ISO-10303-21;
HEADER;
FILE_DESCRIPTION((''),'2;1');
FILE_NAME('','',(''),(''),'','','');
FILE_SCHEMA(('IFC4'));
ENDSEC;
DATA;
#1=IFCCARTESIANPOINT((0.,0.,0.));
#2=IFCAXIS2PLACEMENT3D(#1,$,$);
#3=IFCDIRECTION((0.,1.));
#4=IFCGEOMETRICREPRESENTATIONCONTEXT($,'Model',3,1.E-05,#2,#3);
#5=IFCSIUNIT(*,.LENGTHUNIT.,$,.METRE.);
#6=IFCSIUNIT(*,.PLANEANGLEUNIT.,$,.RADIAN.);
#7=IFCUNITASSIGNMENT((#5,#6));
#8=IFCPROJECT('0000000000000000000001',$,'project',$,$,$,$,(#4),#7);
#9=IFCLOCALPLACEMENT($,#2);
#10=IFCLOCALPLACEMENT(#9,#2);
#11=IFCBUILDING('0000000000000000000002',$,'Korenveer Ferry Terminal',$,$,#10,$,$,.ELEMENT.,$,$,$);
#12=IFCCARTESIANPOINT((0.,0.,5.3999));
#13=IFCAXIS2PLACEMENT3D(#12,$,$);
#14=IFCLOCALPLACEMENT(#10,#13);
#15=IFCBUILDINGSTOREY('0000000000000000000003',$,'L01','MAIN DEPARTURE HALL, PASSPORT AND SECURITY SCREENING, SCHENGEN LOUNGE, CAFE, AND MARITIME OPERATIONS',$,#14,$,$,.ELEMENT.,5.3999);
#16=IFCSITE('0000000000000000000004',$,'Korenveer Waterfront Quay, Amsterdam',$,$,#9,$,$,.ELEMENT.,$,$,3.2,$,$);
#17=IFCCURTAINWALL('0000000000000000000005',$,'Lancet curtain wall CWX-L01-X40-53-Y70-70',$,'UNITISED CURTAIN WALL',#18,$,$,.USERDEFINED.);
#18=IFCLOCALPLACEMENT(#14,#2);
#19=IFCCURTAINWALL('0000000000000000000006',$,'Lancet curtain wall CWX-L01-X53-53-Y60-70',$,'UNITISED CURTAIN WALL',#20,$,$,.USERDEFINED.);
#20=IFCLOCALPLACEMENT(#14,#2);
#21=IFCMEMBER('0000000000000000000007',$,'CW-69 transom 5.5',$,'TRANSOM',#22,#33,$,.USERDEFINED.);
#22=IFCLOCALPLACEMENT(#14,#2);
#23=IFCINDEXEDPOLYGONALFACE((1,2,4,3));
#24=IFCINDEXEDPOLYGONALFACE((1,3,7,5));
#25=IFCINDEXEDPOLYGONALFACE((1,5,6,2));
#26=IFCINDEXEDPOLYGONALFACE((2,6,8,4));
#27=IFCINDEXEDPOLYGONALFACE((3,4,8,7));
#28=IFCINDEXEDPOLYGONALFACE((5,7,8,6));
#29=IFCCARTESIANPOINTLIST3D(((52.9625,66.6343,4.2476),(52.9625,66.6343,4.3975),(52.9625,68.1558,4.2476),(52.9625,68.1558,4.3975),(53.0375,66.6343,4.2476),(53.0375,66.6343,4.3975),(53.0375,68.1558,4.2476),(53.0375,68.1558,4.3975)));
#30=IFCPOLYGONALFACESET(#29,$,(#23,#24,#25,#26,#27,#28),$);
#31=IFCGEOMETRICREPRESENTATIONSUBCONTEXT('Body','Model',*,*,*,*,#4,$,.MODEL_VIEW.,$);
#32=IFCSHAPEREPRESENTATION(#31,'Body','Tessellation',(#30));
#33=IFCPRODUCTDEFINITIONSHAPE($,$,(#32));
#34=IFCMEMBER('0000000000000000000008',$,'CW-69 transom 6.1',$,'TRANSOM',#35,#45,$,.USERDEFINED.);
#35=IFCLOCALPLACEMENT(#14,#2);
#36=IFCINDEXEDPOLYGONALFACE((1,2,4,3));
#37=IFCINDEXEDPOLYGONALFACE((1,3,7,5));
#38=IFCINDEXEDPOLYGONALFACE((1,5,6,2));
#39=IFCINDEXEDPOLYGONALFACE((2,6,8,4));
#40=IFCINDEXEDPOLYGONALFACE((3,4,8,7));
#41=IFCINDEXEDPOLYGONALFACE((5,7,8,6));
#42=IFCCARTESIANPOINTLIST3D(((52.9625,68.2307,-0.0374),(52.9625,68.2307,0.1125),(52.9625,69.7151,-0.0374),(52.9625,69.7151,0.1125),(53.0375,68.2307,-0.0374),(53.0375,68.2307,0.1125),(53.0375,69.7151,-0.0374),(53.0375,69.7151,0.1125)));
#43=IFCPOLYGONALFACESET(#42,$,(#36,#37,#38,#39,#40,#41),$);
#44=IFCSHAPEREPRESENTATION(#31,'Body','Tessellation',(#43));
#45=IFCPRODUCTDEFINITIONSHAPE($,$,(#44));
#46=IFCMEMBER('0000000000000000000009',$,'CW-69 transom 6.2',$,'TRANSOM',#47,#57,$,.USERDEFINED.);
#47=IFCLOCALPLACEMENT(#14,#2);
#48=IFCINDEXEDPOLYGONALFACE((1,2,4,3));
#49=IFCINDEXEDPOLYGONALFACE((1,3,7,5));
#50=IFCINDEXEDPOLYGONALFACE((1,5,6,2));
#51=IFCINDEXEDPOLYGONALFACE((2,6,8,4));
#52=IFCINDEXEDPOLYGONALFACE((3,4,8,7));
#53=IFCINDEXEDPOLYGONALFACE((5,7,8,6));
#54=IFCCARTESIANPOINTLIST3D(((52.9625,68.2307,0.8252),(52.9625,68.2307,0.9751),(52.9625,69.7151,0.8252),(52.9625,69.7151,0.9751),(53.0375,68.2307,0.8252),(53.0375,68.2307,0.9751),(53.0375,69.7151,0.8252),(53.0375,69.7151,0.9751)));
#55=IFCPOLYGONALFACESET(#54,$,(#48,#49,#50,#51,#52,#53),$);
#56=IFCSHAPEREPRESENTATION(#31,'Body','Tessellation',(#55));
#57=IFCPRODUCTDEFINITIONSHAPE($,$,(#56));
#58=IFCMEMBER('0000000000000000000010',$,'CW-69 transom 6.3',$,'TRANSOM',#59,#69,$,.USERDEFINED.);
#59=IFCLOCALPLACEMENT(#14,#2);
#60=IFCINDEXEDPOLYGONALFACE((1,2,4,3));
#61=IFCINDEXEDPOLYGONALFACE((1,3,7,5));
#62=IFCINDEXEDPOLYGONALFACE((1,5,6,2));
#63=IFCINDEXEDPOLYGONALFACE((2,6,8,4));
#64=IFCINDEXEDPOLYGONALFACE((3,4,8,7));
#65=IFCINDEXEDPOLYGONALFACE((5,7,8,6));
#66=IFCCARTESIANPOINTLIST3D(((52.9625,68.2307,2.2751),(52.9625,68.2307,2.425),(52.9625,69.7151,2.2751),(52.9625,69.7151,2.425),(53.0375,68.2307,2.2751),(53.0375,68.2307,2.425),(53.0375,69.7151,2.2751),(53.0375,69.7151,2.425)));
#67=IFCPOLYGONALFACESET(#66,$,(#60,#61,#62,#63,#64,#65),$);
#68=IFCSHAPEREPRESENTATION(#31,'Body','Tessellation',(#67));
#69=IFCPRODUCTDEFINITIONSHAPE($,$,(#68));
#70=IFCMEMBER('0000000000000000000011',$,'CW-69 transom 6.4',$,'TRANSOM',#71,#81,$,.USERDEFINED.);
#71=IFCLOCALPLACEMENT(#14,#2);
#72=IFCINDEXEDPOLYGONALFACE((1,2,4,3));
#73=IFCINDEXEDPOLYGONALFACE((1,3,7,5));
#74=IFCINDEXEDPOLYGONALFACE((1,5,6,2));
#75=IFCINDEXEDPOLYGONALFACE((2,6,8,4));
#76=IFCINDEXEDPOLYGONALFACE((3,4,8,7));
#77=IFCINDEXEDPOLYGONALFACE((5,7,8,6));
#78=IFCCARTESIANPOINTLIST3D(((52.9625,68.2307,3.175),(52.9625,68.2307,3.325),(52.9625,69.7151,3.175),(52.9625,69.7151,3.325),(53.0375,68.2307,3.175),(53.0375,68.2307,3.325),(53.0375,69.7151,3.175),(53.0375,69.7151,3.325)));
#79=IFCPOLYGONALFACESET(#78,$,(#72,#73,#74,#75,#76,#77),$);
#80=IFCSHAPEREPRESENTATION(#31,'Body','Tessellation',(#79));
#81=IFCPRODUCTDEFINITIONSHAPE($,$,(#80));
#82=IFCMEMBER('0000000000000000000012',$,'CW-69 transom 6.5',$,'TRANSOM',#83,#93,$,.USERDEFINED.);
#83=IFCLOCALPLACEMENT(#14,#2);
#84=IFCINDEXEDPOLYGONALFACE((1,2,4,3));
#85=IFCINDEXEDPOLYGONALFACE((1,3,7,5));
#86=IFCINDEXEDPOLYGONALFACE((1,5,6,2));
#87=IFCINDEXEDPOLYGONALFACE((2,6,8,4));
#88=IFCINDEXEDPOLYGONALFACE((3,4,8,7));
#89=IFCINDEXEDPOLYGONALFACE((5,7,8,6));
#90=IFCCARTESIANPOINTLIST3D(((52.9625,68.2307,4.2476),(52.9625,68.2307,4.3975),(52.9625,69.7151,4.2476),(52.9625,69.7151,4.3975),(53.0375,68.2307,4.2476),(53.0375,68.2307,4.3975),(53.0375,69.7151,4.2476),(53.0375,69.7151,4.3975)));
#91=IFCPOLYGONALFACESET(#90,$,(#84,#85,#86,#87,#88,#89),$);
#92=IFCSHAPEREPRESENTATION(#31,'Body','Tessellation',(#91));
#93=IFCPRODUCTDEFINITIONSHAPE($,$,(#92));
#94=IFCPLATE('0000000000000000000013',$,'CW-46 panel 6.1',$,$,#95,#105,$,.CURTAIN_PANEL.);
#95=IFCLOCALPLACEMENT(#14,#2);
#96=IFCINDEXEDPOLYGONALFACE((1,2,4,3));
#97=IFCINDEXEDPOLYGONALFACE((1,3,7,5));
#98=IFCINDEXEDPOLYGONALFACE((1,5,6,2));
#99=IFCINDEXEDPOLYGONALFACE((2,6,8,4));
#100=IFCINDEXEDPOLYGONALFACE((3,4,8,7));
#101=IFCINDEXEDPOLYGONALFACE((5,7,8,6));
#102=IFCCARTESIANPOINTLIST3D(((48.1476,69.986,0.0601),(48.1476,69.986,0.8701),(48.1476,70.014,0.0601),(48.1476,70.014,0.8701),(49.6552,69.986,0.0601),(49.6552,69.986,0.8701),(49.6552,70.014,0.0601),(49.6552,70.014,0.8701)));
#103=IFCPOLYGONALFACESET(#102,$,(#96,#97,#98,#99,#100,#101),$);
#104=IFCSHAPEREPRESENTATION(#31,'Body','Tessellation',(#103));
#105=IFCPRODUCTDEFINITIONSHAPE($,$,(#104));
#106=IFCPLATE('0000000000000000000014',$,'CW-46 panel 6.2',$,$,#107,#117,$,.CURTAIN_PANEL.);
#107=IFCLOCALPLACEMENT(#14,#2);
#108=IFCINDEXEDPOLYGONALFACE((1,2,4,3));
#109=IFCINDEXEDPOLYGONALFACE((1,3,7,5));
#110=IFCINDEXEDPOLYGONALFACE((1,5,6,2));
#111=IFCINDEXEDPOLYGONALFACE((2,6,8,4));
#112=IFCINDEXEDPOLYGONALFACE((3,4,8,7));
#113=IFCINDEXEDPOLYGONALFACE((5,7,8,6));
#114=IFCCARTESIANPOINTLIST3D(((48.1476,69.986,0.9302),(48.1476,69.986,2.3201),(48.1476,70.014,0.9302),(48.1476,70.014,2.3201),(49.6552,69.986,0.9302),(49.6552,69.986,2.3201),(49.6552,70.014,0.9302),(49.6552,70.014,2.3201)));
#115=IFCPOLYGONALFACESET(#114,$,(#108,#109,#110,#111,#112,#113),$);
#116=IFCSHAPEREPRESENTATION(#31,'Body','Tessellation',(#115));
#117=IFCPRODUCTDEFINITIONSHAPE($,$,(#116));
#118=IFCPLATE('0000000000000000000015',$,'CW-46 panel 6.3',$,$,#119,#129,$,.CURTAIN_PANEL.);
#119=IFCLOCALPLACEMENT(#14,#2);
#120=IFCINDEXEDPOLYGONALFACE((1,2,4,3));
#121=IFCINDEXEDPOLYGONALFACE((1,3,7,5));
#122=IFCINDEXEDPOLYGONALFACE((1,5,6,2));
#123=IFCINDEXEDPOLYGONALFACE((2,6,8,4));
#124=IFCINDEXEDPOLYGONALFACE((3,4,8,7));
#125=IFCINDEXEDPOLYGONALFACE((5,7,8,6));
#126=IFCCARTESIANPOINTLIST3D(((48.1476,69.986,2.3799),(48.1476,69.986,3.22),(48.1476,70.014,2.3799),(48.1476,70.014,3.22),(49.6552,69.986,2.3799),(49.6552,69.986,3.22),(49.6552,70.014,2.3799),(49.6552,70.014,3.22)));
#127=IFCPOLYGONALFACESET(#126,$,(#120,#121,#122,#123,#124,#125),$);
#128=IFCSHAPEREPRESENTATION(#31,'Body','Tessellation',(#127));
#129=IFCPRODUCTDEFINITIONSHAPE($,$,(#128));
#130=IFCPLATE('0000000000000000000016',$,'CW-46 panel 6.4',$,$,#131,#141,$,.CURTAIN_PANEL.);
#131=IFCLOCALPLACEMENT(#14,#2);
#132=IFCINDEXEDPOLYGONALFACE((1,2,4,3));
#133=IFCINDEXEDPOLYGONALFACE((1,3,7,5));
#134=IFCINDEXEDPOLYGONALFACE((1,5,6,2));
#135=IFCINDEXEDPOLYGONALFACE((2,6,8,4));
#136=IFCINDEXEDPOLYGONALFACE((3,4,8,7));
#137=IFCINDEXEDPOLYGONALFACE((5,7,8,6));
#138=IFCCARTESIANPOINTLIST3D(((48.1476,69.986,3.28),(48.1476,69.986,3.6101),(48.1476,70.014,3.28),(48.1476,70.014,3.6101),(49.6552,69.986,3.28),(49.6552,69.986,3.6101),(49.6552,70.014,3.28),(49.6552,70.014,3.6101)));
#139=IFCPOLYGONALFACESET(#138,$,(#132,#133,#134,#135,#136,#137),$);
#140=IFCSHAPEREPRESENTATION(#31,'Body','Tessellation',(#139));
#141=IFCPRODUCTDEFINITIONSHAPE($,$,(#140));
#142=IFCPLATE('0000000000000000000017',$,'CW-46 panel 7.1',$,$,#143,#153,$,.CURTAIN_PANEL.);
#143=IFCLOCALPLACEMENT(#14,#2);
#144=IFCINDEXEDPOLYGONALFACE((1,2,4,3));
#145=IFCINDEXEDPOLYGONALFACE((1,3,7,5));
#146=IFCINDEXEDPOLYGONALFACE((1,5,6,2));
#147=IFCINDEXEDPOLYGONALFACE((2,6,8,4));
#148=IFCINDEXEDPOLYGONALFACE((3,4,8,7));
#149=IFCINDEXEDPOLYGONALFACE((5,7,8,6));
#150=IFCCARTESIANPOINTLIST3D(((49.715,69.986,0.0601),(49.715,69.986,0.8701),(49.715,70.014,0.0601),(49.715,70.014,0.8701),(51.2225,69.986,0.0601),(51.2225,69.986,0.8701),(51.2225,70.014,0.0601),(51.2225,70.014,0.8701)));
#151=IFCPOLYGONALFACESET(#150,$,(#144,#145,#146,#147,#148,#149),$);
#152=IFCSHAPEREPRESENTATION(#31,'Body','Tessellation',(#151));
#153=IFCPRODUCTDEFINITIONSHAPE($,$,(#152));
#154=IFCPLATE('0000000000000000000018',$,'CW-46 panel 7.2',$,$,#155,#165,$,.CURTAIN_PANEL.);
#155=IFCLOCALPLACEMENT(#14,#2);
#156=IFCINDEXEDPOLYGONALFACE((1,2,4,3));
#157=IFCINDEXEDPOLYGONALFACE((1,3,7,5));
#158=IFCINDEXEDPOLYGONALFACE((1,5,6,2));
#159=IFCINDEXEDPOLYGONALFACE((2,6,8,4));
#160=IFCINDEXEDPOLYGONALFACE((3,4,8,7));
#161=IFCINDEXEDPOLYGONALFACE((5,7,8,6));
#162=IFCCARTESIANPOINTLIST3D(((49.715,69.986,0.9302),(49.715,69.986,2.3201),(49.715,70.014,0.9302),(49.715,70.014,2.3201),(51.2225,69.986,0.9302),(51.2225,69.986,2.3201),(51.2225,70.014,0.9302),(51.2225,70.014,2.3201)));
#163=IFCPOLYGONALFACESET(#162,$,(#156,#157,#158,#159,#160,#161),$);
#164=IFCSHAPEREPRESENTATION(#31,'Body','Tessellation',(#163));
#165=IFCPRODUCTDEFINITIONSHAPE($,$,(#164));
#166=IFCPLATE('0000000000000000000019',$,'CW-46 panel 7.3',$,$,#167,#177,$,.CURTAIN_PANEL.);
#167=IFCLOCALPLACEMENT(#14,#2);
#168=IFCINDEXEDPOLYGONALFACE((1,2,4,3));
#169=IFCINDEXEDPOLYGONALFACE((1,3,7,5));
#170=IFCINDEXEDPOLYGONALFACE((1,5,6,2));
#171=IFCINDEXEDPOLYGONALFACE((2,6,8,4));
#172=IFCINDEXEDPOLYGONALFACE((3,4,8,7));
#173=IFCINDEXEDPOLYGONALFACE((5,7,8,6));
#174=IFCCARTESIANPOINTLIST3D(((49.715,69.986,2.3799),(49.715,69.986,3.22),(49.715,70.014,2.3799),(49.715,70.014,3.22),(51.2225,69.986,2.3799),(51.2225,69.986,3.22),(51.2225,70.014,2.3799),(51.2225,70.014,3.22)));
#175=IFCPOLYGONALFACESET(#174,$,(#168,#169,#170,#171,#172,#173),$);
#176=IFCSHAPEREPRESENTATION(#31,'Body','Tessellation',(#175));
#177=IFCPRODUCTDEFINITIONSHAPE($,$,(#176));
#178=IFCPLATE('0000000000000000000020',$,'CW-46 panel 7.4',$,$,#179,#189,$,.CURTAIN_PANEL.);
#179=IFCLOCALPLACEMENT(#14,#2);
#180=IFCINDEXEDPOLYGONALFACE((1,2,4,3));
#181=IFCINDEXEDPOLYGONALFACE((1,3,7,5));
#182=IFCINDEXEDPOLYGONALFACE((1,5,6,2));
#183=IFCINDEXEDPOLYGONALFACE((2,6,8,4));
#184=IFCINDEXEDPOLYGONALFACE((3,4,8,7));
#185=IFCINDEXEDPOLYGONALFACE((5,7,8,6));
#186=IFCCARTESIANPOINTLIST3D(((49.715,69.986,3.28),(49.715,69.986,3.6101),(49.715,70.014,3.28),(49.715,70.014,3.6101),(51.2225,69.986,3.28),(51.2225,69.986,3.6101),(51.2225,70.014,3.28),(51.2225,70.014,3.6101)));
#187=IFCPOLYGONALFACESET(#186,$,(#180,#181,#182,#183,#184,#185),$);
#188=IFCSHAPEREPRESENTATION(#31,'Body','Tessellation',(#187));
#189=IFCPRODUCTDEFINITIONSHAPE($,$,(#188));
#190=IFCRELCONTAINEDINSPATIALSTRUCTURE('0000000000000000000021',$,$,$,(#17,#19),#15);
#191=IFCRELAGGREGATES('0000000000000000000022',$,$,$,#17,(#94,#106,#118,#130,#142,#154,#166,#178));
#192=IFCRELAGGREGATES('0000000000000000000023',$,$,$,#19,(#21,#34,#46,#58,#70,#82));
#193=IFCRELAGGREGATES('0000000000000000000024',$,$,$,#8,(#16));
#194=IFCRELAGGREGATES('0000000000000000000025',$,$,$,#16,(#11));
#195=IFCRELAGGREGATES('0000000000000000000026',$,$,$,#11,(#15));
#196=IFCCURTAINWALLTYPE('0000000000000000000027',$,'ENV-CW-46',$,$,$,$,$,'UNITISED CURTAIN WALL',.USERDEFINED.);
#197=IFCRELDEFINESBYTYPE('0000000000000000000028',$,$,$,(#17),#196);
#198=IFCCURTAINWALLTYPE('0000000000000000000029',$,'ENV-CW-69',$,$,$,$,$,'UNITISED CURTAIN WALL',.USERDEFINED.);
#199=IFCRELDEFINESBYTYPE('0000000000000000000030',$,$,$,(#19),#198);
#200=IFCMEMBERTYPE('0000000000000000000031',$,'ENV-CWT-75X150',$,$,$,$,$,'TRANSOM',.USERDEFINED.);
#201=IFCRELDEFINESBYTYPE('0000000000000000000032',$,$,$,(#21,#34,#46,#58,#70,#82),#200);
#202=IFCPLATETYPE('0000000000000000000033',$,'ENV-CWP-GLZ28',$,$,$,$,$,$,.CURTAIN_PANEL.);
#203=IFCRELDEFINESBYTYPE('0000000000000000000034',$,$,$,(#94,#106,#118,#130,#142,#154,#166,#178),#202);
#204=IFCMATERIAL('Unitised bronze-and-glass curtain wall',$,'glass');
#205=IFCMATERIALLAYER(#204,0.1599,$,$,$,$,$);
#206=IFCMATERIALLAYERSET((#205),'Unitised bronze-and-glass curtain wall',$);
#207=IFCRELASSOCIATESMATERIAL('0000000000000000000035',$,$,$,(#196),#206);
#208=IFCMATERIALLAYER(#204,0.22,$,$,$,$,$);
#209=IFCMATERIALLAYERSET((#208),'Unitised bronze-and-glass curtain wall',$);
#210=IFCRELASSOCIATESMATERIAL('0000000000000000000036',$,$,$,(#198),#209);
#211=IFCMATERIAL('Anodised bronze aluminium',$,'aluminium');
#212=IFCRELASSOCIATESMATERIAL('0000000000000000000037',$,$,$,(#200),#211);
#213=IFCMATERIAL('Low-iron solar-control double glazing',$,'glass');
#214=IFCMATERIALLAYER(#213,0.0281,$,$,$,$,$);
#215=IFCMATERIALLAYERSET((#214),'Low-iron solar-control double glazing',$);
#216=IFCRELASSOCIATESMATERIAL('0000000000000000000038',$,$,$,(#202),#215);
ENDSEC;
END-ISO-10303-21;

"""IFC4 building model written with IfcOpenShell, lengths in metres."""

from ifc_helpers import new_model, si_unit, direction, frame, origin, origin_2d, place, context, subcontext, project, spatial, rectangle, extrude, material, layer, layer_set, material_profile, profile_set, type_object, element, aggregate, save


model = new_model("IFC4")

# Units and contexts
model_context = context("Model", 3, precision=1e-05, world=origin(), true_north=direction((0.0, 1.0)))
body_context = subcontext(model_context, "Body", "Model", "MODEL_VIEW")
ifc_project = project(units=[si_unit("LENGTHUNIT", "METRE"), si_unit("PLANEANGLEUNIT", "RADIAN")], contexts=[model_context])

# Site, building, storey
site_placement = place(None, origin())
site = spatial("IfcSite", under=ifc_project, at=site_placement, Name="Korenveer Waterfront Quay, Amsterdam", CompositionType="ELEMENT", RefElevation=3.2)
building_placement = place(site_placement, origin())
building = spatial("IfcBuilding", under=site, at=building_placement, Name="Korenveer Ferry Terminal", CompositionType="ELEMENT")
storey_placement = place(building_placement, frame((0.0, 0.0, 5.3999)))
storey = spatial("IfcBuildingStorey", under=building, at=storey_placement, Name="L01", Description="MAIN DEPARTURE HALL, PASSPORT AND SECURITY SCREENING, SCHENGEN LOUNGE, CAFE, AND MARITIME OPERATIONS", CompositionType="ELEMENT", Elevation=5.3999)

# Curtain walls
ifc_material_1 = material(Name="Unitised bronze-and-glass curtain wall", Category="glass")
ifc_layer_1 = layer(ifc_material_1, 0.1599)
ifc_layer_set_1 = layer_set([ifc_layer_1], Name="Unitised bronze-and-glass curtain wall")
curtain_wall_type_1 = type_object("IfcCurtainWallType", Name="ENV-CW-46", ElementType="UNITISED CURTAIN WALL", PredefinedType="USERDEFINED", material=ifc_layer_set_1)
curtain_wall_1_placement = place(storey_placement, frame((40.28, 70.0, 0.0)))
curtain_wall_1 = element("IfcCurtainWall", 1, at=curtain_wall_1_placement, inside=storey, type_object=curtain_wall_type_1, Name="Lancet curtain wall CWX-L01-X40-53-Y70-70", ObjectType="UNITISED CURTAIN WALL", PredefinedType="USERDEFINED")
ifc_material_2 = material(Name="Anodised bronze aluminium", Category="aluminium")
ifc_layer_2 = layer(ifc_material_1, 0.22)
ifc_layer_set_2 = layer_set([ifc_layer_2], Name="Unitised bronze-and-glass curtain wall")
curtain_wall_type_2 = type_object("IfcCurtainWallType", Name="ENV-CW-69", ElementType="UNITISED CURTAIN WALL", PredefinedType="USERDEFINED", material=ifc_layer_set_2)
curtain_wall_2_placement = place(storey_placement, frame((53.0, 60.21, 0.0)))
curtain_wall_2 = element("IfcCurtainWall", 2, at=curtain_wall_2_placement, inside=storey, type_object=curtain_wall_type_2, Name="Lancet curtain wall CWX-L01-X53-53-Y60-70", ObjectType="UNITISED CURTAIN WALL", PredefinedType="USERDEFINED")

# Members
ifc_material_profile_1 = material_profile(ifc_material_2, rectangle(XDim=0.075, YDim=0.1499, at=origin_2d()), Name="ALU 75x150")
ifc_profile_set_1 = profile_set([ifc_material_profile_1], Name="Anodised bronze aluminium")
member_type_1 = type_object("IfcMemberType", Name="ENV-CWT-75X150", ElementType="TRANSOM", PredefinedType="USERDEFINED", material=ifc_profile_set_1)
member_1_placement = place(storey_placement, frame((53.0, 66.6343, 4.3225), z_axis=(0.0, 1.0, 0.0), x_axis=(-1.0, 0.0, 0.0)))
member_1 = element("IfcMember", 3, at=member_1_placement, type_object=member_type_1, Name="CW-69 transom 5.5", ObjectType="TRANSOM", PredefinedType="USERDEFINED", context=body_context, shape_type="SweptSolid", body=[
    extrude(rectangle(XDim=0.075, YDim=0.1499, at=origin_2d()), origin(), (0.0, 0.0, 1.0), 1.5215),
])
member_2_placement = place(storey_placement, frame((53.0, 68.2307, 0.0376), z_axis=(0.0, 1.0, 0.0), x_axis=(-1.0, 0.0, 0.0)))
member_2 = element("IfcMember", 4, at=member_2_placement, type_object=member_type_1, Name="CW-69 transom 6.1", ObjectType="TRANSOM", PredefinedType="USERDEFINED", context=body_context, shape_type="SweptSolid", body=[
    extrude(rectangle(XDim=0.075, YDim=0.1499, at=origin_2d()), origin(), (0.0, 0.0, 1.0), 1.4844),
])
member_3_placement = place(storey_placement, frame((53.0, 68.2307, 0.9001), z_axis=(0.0, 1.0, 0.0), x_axis=(-1.0, 0.0, 0.0)))
member_3 = element("IfcMember", 5, at=member_3_placement, type_object=member_type_1, Name="CW-69 transom 6.2", ObjectType="TRANSOM", PredefinedType="USERDEFINED", context=body_context, shape_type="SweptSolid", body=[
    extrude(rectangle(XDim=0.075, YDim=0.1499, at=origin_2d()), origin(), (0.0, 0.0, 1.0), 1.4844),
])
member_4_placement = place(storey_placement, frame((53.0, 68.2307, 2.3501), z_axis=(0.0, 1.0, 0.0), x_axis=(-1.0, 0.0, 0.0)))
member_4 = element("IfcMember", 6, at=member_4_placement, type_object=member_type_1, Name="CW-69 transom 6.3", ObjectType="TRANSOM", PredefinedType="USERDEFINED", context=body_context, shape_type="SweptSolid", body=[
    extrude(rectangle(XDim=0.075, YDim=0.1499, at=origin_2d()), origin(), (0.0, 0.0, 1.0), 1.4844),
])
member_5_placement = place(storey_placement, frame((53.0, 68.2307, 3.25), z_axis=(0.0, 1.0, 0.0), x_axis=(-1.0, 0.0, 0.0)))
member_5 = element("IfcMember", 7, at=member_5_placement, type_object=member_type_1, Name="CW-69 transom 6.4", ObjectType="TRANSOM", PredefinedType="USERDEFINED", context=body_context, shape_type="SweptSolid", body=[
    extrude(rectangle(XDim=0.075, YDim=0.1499, at=origin_2d()), origin(), (0.0, 0.0, 1.0), 1.4844),
])
member_6_placement = place(storey_placement, frame((53.0, 68.2307, 4.3225), z_axis=(0.0, 1.0, 0.0), x_axis=(-1.0, 0.0, 0.0)))
member_6 = element("IfcMember", 8, at=member_6_placement, type_object=member_type_1, Name="CW-69 transom 6.5", ObjectType="TRANSOM", PredefinedType="USERDEFINED", context=body_context, shape_type="SweptSolid", body=[
    extrude(rectangle(XDim=0.075, YDim=0.1499, at=origin_2d()), origin(), (0.0, 0.0, 1.0), 1.4844),
])

# Plates
ifc_material_3 = material(Name="Low-iron solar-control double glazing", Category="glass")
ifc_layer_3 = layer(ifc_material_3, 0.0281)
ifc_layer_set_3 = layer_set([ifc_layer_3], Name="Low-iron solar-control double glazing")
plate_type_1 = type_object("IfcPlateType", Name="ENV-CWP-GLZ28", PredefinedType="CURTAIN_PANEL", material=ifc_layer_set_3)
plate_1_placement = place(storey_placement, frame((48.9014, 70.0, 0.0601), z_axis=(0.0, 0.0, 1.0), x_axis=(1.0, 0.0, 0.0)))
plate_1 = element("IfcPlate", 9, at=plate_1_placement, type_object=plate_type_1, Name="CW-46 panel 6.1", PredefinedType="CURTAIN_PANEL", context=body_context, shape_type="SweptSolid", body=[
    extrude(rectangle(XDim=1.5076, YDim=0.0281, at=origin_2d()), origin(), (0.0, 0.0, 1.0), 0.8101),
])
plate_2_placement = place(storey_placement, frame((48.9014, 70.0, 0.9302), z_axis=(0.0, 0.0, 1.0), x_axis=(1.0, 0.0, 0.0)))
plate_2 = element("IfcPlate", 10, at=plate_2_placement, type_object=plate_type_1, Name="CW-46 panel 6.2", PredefinedType="CURTAIN_PANEL", context=body_context, shape_type="SweptSolid", body=[
    extrude(rectangle(XDim=1.5076, YDim=0.0281, at=origin_2d()), origin(), (0.0, 0.0, 1.0), 1.3899),
])
plate_3_placement = place(storey_placement, frame((48.9014, 70.0, 2.3799), z_axis=(0.0, 0.0, 1.0), x_axis=(1.0, 0.0, 0.0)))
plate_3 = element("IfcPlate", 11, at=plate_3_placement, type_object=plate_type_1, Name="CW-46 panel 6.3", PredefinedType="CURTAIN_PANEL", context=body_context, shape_type="SweptSolid", body=[
    extrude(rectangle(XDim=1.5076, YDim=0.0281, at=origin_2d()), origin(), (0.0, 0.0, 1.0), 0.8401),
])
plate_4_placement = place(storey_placement, frame((48.9014, 70.0, 3.28), z_axis=(0.0, 0.0, 1.0), x_axis=(1.0, 0.0, 0.0)))
plate_4 = element("IfcPlate", 12, at=plate_4_placement, type_object=plate_type_1, Name="CW-46 panel 6.4", PredefinedType="CURTAIN_PANEL", context=body_context, shape_type="SweptSolid", body=[
    extrude(rectangle(XDim=1.5076, YDim=0.0281, at=origin_2d()), origin(), (0.0, 0.0, 1.0), 0.3301),
])
plate_5_placement = place(storey_placement, frame((50.4688, 70.0, 0.0601), z_axis=(0.0, 0.0, 1.0), x_axis=(1.0, 0.0, 0.0)))
plate_5 = element("IfcPlate", 13, at=plate_5_placement, type_object=plate_type_1, Name="CW-46 panel 7.1", PredefinedType="CURTAIN_PANEL", context=body_context, shape_type="SweptSolid", body=[
    extrude(rectangle(XDim=1.5076, YDim=0.0281, at=origin_2d()), origin(), (0.0, 0.0, 1.0), 0.8101),
])
plate_6_placement = place(storey_placement, frame((50.4688, 70.0, 0.9302), z_axis=(0.0, 0.0, 1.0), x_axis=(1.0, 0.0, 0.0)))
plate_6 = element("IfcPlate", 14, at=plate_6_placement, type_object=plate_type_1, Name="CW-46 panel 7.2", PredefinedType="CURTAIN_PANEL", context=body_context, shape_type="SweptSolid", body=[
    extrude(rectangle(XDim=1.5076, YDim=0.0281, at=origin_2d()), origin(), (0.0, 0.0, 1.0), 1.3899),
])
plate_7_placement = place(storey_placement, frame((50.4688, 70.0, 2.3799), z_axis=(0.0, 0.0, 1.0), x_axis=(1.0, 0.0, 0.0)))
plate_7 = element("IfcPlate", 15, at=plate_7_placement, type_object=plate_type_1, Name="CW-46 panel 7.3", PredefinedType="CURTAIN_PANEL", context=body_context, shape_type="SweptSolid", body=[
    extrude(rectangle(XDim=1.5076, YDim=0.0281, at=origin_2d()), origin(), (0.0, 0.0, 1.0), 0.8401),
])
plate_8_placement = place(storey_placement, frame((50.4688, 70.0, 3.28), z_axis=(0.0, 0.0, 1.0), x_axis=(1.0, 0.0, 0.0)))
plate_8 = element("IfcPlate", 16, at=plate_8_placement, type_object=plate_type_1, Name="CW-46 panel 7.4", PredefinedType="CURTAIN_PANEL", context=body_context, shape_type="SweptSolid", body=[
    extrude(rectangle(XDim=1.5076, YDim=0.0281, at=origin_2d()), origin(), (0.0, 0.0, 1.0), 0.3301),
])
aggregate(curtain_wall_1, [plate_1, plate_2, plate_3, plate_4, plate_5, plate_6, plate_7, plate_8])
aggregate(curtain_wall_2, [member_1, member_2, member_3, member_4, member_5, member_6])

save(model, "model.ifc")
